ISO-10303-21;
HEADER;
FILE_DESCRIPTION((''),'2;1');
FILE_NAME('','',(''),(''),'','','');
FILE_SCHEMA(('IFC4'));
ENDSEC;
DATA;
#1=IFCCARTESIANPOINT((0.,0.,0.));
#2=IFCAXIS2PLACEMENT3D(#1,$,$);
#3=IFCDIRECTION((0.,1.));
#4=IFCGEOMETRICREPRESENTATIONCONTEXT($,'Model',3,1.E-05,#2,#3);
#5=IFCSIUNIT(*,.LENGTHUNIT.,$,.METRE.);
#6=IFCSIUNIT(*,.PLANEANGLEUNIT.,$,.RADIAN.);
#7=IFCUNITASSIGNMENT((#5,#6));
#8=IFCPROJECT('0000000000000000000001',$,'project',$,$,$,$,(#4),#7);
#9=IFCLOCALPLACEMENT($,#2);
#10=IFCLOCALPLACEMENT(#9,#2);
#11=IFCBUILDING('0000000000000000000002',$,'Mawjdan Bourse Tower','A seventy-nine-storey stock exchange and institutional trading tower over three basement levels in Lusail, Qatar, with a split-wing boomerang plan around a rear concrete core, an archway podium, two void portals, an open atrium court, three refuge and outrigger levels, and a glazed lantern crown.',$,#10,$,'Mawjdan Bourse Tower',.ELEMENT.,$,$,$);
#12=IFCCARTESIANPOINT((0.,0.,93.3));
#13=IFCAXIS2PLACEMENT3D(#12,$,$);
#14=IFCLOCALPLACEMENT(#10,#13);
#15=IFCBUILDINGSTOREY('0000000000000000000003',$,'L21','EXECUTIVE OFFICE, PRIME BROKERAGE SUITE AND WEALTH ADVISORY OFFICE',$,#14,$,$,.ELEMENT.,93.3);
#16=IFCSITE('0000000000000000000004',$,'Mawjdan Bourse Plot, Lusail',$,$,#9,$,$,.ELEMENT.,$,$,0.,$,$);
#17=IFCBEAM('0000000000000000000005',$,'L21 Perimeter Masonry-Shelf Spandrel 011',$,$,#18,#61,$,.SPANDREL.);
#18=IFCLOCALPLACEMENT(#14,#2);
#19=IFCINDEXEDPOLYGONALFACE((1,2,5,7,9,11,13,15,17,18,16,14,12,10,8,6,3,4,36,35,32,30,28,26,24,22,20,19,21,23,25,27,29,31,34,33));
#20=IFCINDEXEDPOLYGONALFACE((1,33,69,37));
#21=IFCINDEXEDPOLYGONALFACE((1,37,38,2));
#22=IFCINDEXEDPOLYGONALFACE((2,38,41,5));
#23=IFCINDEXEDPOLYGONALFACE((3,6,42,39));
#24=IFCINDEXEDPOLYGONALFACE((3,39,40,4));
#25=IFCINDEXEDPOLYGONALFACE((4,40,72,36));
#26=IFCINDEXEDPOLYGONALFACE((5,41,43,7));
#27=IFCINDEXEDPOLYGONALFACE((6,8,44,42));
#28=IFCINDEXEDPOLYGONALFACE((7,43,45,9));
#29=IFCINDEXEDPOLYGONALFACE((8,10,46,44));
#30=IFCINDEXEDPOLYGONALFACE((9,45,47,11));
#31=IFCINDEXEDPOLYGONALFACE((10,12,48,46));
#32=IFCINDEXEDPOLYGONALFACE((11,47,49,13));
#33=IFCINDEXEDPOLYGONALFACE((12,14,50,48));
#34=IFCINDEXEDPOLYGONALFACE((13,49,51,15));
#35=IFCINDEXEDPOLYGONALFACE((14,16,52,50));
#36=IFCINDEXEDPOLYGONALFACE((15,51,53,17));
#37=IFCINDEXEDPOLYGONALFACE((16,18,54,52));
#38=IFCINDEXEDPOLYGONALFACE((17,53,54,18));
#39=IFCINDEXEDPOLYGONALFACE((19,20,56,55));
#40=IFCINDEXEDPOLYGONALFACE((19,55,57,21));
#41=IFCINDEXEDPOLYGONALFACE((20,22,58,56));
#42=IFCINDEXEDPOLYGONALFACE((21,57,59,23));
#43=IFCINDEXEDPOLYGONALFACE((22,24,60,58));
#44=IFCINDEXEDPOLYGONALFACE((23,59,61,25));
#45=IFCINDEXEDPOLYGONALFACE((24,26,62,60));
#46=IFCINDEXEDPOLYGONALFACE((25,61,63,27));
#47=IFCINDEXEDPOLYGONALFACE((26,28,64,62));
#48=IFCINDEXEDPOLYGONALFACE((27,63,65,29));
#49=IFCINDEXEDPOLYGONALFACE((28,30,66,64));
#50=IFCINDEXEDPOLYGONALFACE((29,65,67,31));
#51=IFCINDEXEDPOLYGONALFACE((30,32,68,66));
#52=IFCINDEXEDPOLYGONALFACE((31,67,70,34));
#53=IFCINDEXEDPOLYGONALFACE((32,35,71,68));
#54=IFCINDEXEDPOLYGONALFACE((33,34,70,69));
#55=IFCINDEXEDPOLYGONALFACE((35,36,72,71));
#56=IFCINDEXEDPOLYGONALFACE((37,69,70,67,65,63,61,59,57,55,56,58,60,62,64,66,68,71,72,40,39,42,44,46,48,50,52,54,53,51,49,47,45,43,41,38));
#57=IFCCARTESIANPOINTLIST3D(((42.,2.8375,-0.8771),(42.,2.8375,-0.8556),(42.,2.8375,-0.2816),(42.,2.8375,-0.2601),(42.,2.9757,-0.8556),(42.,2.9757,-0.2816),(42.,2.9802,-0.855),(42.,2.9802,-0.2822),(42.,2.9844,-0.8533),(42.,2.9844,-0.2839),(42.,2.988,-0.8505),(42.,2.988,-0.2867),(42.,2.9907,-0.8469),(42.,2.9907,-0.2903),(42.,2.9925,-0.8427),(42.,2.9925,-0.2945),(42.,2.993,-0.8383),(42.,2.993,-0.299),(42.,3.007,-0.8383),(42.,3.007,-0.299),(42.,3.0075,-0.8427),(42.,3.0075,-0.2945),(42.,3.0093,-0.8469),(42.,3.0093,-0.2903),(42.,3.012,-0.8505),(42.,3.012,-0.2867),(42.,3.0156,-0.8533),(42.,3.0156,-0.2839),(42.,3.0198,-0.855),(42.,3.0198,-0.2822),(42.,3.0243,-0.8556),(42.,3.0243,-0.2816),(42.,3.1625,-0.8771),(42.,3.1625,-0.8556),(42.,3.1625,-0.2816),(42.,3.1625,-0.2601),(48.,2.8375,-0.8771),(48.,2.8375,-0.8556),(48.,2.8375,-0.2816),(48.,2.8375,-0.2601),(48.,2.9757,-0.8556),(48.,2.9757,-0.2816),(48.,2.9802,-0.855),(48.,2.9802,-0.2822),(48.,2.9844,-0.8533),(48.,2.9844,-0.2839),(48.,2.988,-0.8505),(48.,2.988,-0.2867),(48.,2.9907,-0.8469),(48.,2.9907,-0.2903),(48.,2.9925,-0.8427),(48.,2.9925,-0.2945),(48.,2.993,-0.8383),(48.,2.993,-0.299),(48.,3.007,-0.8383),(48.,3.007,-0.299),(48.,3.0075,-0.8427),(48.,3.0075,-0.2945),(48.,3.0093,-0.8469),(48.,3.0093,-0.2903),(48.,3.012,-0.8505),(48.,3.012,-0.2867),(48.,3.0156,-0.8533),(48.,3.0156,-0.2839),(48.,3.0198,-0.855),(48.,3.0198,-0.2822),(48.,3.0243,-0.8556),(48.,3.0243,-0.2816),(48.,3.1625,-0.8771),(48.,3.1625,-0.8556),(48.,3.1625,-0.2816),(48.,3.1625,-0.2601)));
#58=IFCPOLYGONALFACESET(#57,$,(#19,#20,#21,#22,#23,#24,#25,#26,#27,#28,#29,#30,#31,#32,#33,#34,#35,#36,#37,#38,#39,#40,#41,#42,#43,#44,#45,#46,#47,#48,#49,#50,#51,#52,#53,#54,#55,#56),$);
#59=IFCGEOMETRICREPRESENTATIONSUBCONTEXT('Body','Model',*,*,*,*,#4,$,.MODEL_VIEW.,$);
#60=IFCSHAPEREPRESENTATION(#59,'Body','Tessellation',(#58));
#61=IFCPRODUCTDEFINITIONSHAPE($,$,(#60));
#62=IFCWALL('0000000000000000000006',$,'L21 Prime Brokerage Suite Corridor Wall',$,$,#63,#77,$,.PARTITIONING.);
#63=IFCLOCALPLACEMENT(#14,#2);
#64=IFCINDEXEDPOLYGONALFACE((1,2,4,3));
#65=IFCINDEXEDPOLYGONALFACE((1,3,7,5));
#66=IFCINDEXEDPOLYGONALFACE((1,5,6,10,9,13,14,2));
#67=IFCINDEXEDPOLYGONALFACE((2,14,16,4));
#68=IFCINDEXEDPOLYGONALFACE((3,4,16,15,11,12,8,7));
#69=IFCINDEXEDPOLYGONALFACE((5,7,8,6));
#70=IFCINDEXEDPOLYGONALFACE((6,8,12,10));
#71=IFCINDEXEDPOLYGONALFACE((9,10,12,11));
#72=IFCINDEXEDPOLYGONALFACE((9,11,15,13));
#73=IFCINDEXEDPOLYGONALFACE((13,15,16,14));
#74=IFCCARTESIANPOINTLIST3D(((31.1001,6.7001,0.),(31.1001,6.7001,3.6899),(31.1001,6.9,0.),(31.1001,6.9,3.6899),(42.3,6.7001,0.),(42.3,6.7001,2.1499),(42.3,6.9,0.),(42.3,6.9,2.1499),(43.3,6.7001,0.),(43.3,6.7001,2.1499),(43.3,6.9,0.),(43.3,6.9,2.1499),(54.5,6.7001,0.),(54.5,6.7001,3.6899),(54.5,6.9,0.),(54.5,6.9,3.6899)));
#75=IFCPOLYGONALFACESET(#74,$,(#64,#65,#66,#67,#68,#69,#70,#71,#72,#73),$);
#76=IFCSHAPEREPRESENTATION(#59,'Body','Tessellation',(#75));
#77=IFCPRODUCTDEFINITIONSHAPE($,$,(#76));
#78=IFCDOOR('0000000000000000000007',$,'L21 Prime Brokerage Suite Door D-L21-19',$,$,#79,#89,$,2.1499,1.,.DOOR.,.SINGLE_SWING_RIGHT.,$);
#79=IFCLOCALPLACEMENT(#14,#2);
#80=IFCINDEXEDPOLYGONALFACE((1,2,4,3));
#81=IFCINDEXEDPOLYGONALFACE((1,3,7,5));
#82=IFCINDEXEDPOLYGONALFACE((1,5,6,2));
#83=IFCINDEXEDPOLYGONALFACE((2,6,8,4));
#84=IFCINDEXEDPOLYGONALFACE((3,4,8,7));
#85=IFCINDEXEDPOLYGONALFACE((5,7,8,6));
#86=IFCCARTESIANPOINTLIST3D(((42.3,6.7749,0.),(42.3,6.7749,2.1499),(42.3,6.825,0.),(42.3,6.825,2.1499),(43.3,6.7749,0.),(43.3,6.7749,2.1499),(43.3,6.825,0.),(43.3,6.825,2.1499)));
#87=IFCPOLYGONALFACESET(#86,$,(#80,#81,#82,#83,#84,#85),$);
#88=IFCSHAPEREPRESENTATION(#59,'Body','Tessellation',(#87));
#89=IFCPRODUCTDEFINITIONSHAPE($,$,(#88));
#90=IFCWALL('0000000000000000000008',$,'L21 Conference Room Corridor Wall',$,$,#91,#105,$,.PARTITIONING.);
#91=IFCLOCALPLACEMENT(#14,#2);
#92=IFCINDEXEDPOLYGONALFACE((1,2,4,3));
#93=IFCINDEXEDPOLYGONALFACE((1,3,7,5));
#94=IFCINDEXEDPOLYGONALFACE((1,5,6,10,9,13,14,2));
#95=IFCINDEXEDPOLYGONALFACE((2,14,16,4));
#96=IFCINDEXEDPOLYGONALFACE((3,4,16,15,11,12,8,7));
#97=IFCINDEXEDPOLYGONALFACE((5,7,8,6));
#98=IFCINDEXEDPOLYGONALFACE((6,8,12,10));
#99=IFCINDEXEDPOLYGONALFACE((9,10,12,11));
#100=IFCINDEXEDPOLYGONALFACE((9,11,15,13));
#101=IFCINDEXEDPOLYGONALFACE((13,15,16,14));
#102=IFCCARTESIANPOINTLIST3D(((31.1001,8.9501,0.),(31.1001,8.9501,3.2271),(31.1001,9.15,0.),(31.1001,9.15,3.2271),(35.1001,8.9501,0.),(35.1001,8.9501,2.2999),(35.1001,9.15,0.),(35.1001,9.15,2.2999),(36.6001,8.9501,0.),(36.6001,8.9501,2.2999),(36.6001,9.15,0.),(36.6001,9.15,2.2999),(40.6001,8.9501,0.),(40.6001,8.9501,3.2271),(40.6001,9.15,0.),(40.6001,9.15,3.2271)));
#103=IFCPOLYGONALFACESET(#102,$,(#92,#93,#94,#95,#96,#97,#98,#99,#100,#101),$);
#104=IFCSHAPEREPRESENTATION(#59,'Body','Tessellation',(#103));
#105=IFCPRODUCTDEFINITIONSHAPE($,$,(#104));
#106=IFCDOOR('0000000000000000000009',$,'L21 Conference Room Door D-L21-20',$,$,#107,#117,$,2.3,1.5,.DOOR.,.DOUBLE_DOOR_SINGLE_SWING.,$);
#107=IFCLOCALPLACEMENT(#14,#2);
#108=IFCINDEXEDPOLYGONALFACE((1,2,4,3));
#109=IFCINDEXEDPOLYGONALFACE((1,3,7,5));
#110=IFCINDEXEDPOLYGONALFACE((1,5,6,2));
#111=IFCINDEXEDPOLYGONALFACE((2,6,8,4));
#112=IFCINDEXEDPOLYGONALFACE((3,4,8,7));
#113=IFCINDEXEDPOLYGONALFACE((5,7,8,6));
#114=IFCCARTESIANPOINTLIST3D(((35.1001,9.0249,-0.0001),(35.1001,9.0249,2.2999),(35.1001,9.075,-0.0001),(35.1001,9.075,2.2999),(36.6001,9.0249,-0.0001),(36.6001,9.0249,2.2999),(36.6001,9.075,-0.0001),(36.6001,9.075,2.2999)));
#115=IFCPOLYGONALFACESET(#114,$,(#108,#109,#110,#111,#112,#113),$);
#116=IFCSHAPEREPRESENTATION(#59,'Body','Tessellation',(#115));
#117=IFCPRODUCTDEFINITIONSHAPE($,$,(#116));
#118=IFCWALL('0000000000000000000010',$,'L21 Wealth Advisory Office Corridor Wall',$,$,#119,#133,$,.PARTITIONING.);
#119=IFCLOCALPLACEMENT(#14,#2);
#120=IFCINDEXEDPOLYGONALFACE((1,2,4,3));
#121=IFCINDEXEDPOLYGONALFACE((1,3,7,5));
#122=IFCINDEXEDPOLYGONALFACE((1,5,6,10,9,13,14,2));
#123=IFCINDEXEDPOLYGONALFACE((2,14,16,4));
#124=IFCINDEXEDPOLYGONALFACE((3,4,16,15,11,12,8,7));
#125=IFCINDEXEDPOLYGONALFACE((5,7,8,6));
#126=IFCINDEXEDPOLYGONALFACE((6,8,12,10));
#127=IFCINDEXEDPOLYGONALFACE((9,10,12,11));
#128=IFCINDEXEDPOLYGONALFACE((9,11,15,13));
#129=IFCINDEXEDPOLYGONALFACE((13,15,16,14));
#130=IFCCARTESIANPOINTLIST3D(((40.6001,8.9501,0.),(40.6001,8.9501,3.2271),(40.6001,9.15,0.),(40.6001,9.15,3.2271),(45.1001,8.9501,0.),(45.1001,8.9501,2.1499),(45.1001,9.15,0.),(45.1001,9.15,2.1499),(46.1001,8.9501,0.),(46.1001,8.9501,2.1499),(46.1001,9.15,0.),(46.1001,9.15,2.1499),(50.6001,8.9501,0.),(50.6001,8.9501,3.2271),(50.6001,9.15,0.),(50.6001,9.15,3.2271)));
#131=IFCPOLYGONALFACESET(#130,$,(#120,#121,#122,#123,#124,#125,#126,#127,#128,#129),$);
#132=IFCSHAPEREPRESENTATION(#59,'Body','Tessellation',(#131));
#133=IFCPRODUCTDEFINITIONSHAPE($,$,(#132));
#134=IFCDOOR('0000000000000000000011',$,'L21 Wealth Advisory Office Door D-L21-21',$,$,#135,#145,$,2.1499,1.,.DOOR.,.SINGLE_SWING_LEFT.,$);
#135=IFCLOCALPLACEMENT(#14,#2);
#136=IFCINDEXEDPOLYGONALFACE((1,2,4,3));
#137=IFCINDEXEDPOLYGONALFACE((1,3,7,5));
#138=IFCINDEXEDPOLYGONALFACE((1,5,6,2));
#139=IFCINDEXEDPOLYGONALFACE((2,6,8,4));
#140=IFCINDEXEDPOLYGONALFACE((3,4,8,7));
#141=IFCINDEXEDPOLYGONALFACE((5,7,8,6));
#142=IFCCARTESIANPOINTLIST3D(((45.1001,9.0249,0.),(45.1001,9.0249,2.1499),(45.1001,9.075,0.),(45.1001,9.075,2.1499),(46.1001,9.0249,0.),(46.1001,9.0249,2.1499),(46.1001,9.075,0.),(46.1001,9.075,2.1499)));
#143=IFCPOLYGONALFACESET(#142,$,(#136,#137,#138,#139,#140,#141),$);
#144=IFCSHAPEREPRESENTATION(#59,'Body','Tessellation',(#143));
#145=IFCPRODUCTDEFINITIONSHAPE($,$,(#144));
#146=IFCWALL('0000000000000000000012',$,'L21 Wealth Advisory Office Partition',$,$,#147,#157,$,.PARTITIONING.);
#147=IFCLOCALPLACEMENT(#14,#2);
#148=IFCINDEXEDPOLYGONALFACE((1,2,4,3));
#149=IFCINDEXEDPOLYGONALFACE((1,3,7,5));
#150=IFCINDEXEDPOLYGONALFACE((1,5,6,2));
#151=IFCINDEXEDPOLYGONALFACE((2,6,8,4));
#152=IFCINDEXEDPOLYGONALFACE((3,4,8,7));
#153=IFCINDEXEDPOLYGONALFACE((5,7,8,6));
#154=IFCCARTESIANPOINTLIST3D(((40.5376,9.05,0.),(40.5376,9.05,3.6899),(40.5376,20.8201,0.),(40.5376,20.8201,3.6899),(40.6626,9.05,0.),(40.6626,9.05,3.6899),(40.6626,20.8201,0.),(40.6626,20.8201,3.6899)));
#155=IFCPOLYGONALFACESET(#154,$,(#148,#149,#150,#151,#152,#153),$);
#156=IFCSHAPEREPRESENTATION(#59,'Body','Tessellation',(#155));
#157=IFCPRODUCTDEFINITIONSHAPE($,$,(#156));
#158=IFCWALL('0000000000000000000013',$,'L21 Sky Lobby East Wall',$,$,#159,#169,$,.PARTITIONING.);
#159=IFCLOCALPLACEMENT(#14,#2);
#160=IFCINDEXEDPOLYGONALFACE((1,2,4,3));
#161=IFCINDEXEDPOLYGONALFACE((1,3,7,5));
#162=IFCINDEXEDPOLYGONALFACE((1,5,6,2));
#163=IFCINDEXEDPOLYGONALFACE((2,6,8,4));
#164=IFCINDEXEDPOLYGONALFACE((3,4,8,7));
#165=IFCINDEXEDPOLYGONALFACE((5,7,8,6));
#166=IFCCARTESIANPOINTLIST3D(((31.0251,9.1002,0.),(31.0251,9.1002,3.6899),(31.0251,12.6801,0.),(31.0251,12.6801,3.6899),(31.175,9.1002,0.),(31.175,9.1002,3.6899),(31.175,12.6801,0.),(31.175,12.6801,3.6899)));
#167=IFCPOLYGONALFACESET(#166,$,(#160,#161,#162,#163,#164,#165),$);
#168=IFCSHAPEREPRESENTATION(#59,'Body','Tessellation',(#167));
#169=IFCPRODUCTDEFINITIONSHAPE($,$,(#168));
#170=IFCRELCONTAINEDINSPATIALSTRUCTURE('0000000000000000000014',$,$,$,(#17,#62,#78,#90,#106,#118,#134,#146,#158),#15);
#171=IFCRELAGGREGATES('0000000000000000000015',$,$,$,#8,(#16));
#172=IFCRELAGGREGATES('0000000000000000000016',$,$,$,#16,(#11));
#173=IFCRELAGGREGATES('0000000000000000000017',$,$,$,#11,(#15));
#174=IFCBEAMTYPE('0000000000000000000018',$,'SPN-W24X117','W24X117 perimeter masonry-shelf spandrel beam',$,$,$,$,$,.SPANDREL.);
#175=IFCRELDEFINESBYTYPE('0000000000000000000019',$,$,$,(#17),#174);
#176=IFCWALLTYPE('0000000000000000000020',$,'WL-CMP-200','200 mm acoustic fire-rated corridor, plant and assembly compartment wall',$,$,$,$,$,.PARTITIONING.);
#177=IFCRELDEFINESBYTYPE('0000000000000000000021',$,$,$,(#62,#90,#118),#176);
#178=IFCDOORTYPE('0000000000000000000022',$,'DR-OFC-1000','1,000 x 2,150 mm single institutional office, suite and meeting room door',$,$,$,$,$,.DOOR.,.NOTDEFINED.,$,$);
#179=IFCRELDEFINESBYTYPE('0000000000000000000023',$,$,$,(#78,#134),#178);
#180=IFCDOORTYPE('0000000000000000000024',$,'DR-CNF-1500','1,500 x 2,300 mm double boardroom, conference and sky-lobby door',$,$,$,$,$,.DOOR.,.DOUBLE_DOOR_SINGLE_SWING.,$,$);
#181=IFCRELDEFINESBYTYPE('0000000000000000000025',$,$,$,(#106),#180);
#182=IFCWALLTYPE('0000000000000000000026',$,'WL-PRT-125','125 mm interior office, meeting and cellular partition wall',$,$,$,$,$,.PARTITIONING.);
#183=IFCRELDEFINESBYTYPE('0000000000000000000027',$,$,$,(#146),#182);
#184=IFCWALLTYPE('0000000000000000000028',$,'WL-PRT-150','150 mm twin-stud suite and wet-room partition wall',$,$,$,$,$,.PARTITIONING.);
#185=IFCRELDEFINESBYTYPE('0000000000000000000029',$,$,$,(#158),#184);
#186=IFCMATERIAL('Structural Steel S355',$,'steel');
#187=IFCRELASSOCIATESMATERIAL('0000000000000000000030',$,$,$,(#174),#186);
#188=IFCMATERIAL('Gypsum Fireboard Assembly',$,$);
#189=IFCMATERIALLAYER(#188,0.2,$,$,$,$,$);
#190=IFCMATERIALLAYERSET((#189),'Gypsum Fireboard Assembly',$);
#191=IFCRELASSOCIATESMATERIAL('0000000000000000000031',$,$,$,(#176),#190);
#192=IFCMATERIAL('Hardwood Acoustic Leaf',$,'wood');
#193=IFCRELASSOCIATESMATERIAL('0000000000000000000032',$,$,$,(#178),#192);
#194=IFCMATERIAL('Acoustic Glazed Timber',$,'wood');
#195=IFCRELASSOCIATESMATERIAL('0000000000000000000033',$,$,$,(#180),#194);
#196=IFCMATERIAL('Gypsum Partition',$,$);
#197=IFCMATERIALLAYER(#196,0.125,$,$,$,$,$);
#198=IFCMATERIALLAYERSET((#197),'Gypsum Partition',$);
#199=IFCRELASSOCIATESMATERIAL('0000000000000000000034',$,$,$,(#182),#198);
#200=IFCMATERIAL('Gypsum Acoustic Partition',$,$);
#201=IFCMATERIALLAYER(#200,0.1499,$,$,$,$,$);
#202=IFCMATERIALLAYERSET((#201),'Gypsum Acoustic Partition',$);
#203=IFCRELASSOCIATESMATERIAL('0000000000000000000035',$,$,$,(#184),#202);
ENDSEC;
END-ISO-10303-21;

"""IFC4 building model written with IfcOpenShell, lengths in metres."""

from ifc_helpers import new_model, si_unit, direction, frame, frame_2d, origin, origin_2d, place, context, subcontext, project, spatial, rectangle, i_section, extrude, material, layer, layer_set, material_profile, profile_set, type_object, element, fill, save


model = new_model("IFC4")

# Units and contexts
model_context = context("Model", 3, precision=1e-05, world=origin(), true_north=direction((0.0, 1.0)))
body_context = subcontext(model_context, "Body", "Model", "MODEL_VIEW")
ifc_project = project(units=[si_unit("LENGTHUNIT", "METRE"), si_unit("PLANEANGLEUNIT", "RADIAN")], contexts=[model_context])

# Site, building, storey
site_placement = place(None, origin())
site = spatial("IfcSite", under=ifc_project, at=site_placement, Name="Mawjdan Bourse Plot, Lusail", CompositionType="ELEMENT", RefElevation=0.0)
building_placement = place(site_placement, origin())
building = spatial("IfcBuilding", under=site, at=building_placement, Name="Mawjdan Bourse Tower", Description="A seventy-nine-storey stock exchange and institutional trading tower over three basement levels in Lusail, Qatar, with a split-wing boomerang plan around a rear concrete core, an archway podium, two void portals, an open atrium court, three refuge and outrigger levels, and a glazed lantern crown.", LongName="Mawjdan Bourse Tower", CompositionType="ELEMENT")
storey_placement = place(building_placement, frame((0.0, 0.0, 93.3)))
storey = spatial("IfcBuildingStorey", under=building, at=storey_placement, Name="L21", Description="EXECUTIVE OFFICE, PRIME BROKERAGE SUITE AND WEALTH ADVISORY OFFICE", CompositionType="ELEMENT", Elevation=93.3)

# Beam
ifc_material_1 = material(Name="Structural Steel S355", Category="steel")
ifc_material_profile_1 = material_profile(ifc_material_1, i_section(OverallWidth=0.325, OverallDepth=0.6169, WebThickness=0.0139, FlangeThickness=0.0215, FilletRadius=0.0173, at=origin_2d()), Name="W24X117")
ifc_profile_set_1 = profile_set([ifc_material_profile_1], Name="Structural Steel S355")
beam_type_1 = type_object("IfcBeamType", Name="SPN-W24X117", Description="W24X117 perimeter masonry-shelf spandrel beam", PredefinedType="SPANDREL", material=ifc_profile_set_1)
beam_1_placement = place(storey_placement, frame((42.0, 3.0, -0.5686), z_axis=(1.0, 0.0, 0.0), x_axis=(0.0, 1.0, 0.0)))
element("IfcBeam", 1, at=beam_1_placement, inside=storey, type_object=beam_type_1, Name="L21 Perimeter Masonry-Shelf Spandrel 011", PredefinedType="SPANDREL", context=body_context, shape_type="SweptSolid", body=[
    extrude(i_section(OverallWidth=0.325, OverallDepth=0.6169, WebThickness=0.0139, FlangeThickness=0.0215, FilletRadius=0.0173, at=origin_2d()), origin(), (0.0, 0.0, 1.0), 6.0),
])

# Walls, openings, doors
ifc_material_2 = material(Name="Gypsum Fireboard Assembly")
ifc_layer_1 = layer(ifc_material_2, 0.2)
ifc_layer_set_1 = layer_set([ifc_layer_1], Name="Gypsum Fireboard Assembly")
wall_type_1 = type_object("IfcWallType", Name="WL-CMP-200", Description="200 mm acoustic fire-rated corridor, plant and assembly compartment wall", PredefinedType="PARTITIONING", material=ifc_layer_set_1)
wall_1_placement = place(storey_placement, frame((31.1001, 6.8, 0.0), z_axis=(0.0, 0.0, 1.0), x_axis=(1.0, 0.0, 0.0)))
wall_1 = element("IfcWall", 2, at=wall_1_placement, inside=storey, type_object=wall_type_1, Name="L21 Prime Brokerage Suite Corridor Wall", PredefinedType="PARTITIONING", context=body_context, shape_type="SweptSolid", body=[
    extrude(rectangle(XDim=23.3999, YDim=0.2, at=frame_2d((11.7, 0.0))), origin(), (0.0, 0.0, 1.0), 3.6899),
])
opening_1_placement = place(wall_1_placement, frame((11.2, 0.0, 0.0)))
opening_1 = element("IfcOpeningElement", 3, at=opening_1_placement, cuts=wall_1, PredefinedType="OPENING", context=body_context, shape_type="SweptSolid", body=[
    extrude(rectangle(XDim=1.0, YDim=2.1499, at=frame_2d((0.5, 1.075))), frame((0.0, 0.1099, 0.0), z_axis=(0.0, -1.0, 0.0), x_axis=(1.0, 0.0, 0.0)), (0.0, 0.0, 1.0), 0.22),
])
ifc_material_3 = material(Name="Hardwood Acoustic Leaf", Category="wood")
door_type_1 = type_object("IfcDoorType", Name="DR-OFC-1000", Description="1,000 x 2,150 mm single institutional office, suite and meeting room door", OperationType="NOTDEFINED", PredefinedType="DOOR", material=ifc_material_3)
door_1_placement = place(opening_1_placement, origin())
door_1 = element("IfcDoor", 4, at=door_1_placement, inside=storey, type_object=door_type_1, Name="L21 Prime Brokerage Suite Door D-L21-19", OperationType="SINGLE_SWING_RIGHT", OverallHeight=2.1499, OverallWidth=1.0, PredefinedType="DOOR", context=body_context, shape_type="SweptSolid", body=[
    extrude(rectangle(XDim=1.0, YDim=2.1499, at=frame_2d((0.5, 1.075))), frame((0.0, 0.0249, 0.0), z_axis=(0.0, -1.0, 0.0), x_axis=(1.0, 0.0, 0.0)), (0.0, 0.0, 1.0), 0.05),
])
fill(opening_1, door_1)
wall_2_placement = place(storey_placement, frame((31.1001, 9.05, 0.0), z_axis=(0.0, 0.0, 1.0), x_axis=(1.0, 0.0, 0.0)))
wall_2 = element("IfcWall", 5, at=wall_2_placement, inside=storey, type_object=wall_type_1, Name="L21 Conference Room Corridor Wall", PredefinedType="PARTITIONING", context=body_context, shape_type="SweptSolid", body=[
    extrude(rectangle(XDim=9.5, YDim=0.2, at=frame_2d((4.75, 0.0))), origin(), (0.0, 0.0, 1.0), 3.2271),
])
opening_2_placement = place(wall_2_placement, frame((4.0, 0.0, 0.0)))
opening_2 = element("IfcOpeningElement", 6, at=opening_2_placement, cuts=wall_2, PredefinedType="OPENING", context=body_context, shape_type="SweptSolid", body=[
    extrude(rectangle(XDim=1.5, YDim=2.3, at=frame_2d((0.75, 1.1499))), frame((0.0, 0.1099, 0.0), z_axis=(0.0, -1.0, 0.0), x_axis=(1.0, 0.0, 0.0)), (0.0, 0.0, 1.0), 0.22),
])
ifc_material_4 = material(Name="Acoustic Glazed Timber", Category="wood")
door_type_2 = type_object("IfcDoorType", Name="DR-CNF-1500", Description="1,500 x 2,300 mm double boardroom, conference and sky-lobby door", OperationType="DOUBLE_DOOR_SINGLE_SWING", PredefinedType="DOOR", material=ifc_material_4)
door_2_placement = place(opening_2_placement, origin())
door_2 = element("IfcDoor", 7, at=door_2_placement, inside=storey, type_object=door_type_2, Name="L21 Conference Room Door D-L21-20", OperationType="DOUBLE_DOOR_SINGLE_SWING", OverallHeight=2.3, OverallWidth=1.5, PredefinedType="DOOR", context=body_context, shape_type="SweptSolid", body=[
    extrude(rectangle(XDim=1.5, YDim=2.3, at=frame_2d((0.75, 1.1499))), frame((0.0, 0.0249, 0.0), z_axis=(0.0, -1.0, 0.0), x_axis=(1.0, 0.0, 0.0)), (0.0, 0.0, 1.0), 0.05),
])
fill(opening_2, door_2)
wall_3_placement = place(storey_placement, frame((40.6001, 9.05, 0.0), z_axis=(0.0, 0.0, 1.0), x_axis=(1.0, 0.0, 0.0)))
wall_3 = element("IfcWall", 8, at=wall_3_placement, inside=storey, type_object=wall_type_1, Name="L21 Wealth Advisory Office Corridor Wall", PredefinedType="PARTITIONING", context=body_context, shape_type="SweptSolid", body=[
    extrude(rectangle(XDim=10.0, YDim=0.2, at=frame_2d((5.0, 0.0))), origin(), (0.0, 0.0, 1.0), 3.2271),
])
opening_3_placement = place(wall_3_placement, frame((4.5, 0.0, 0.0)))
opening_3 = element("IfcOpeningElement", 9, at=opening_3_placement, cuts=wall_3, PredefinedType="OPENING", context=body_context, shape_type="SweptSolid", body=[
    extrude(rectangle(XDim=1.0, YDim=2.1499, at=frame_2d((0.5, 1.075))), frame((0.0, 0.1099, 0.0), z_axis=(0.0, -1.0, 0.0), x_axis=(1.0, 0.0, 0.0)), (0.0, 0.0, 1.0), 0.22),
])
door_3_placement = place(opening_3_placement, origin())
door_3 = element("IfcDoor", 10, at=door_3_placement, inside=storey, type_object=door_type_1, Name="L21 Wealth Advisory Office Door D-L21-21", OperationType="SINGLE_SWING_LEFT", OverallHeight=2.1499, OverallWidth=1.0, PredefinedType="DOOR", context=body_context, shape_type="SweptSolid", body=[
    extrude(rectangle(XDim=1.0, YDim=2.1499, at=frame_2d((0.5, 1.075))), frame((0.0, 0.0249, 0.0), z_axis=(0.0, -1.0, 0.0), x_axis=(1.0, 0.0, 0.0)), (0.0, 0.0, 1.0), 0.05),
])
fill(opening_3, door_3)

# Walls
ifc_material_5 = material(Name="Gypsum Partition")
ifc_layer_2 = layer(ifc_material_5, 0.125)
ifc_layer_set_2 = layer_set([ifc_layer_2], Name="Gypsum Partition")
wall_type_2 = type_object("IfcWallType", Name="WL-PRT-125", Description="125 mm interior office, meeting and cellular partition wall", PredefinedType="PARTITIONING", material=ifc_layer_set_2)
wall_4_placement = place(storey_placement, frame((40.6001, 9.05, 0.0), z_axis=(0.0, 0.0, 1.0), x_axis=(0.0, 1.0, 0.0)))
element("IfcWall", 11, at=wall_4_placement, inside=storey, type_object=wall_type_2, Name="L21 Wealth Advisory Office Partition", PredefinedType="PARTITIONING", context=body_context, shape_type="SweptSolid", body=[
    extrude(rectangle(XDim=11.77, YDim=0.125, at=frame_2d((5.885, 0.0))), origin(), (0.0, 0.0, 1.0), 3.6899),
])
ifc_material_6 = material(Name="Gypsum Acoustic Partition")
ifc_layer_3 = layer(ifc_material_6, 0.1499)
ifc_layer_set_3 = layer_set([ifc_layer_3], Name="Gypsum Acoustic Partition")
wall_type_3 = type_object("IfcWallType", Name="WL-PRT-150", Description="150 mm twin-stud suite and wet-room partition wall", PredefinedType="PARTITIONING", material=ifc_layer_set_3)
wall_5_placement = place(storey_placement, frame((31.1001, 9.1001, 0.0), z_axis=(0.0, 0.0, 1.0), x_axis=(0.0, 1.0, 0.0)))
element("IfcWall", 12, at=wall_5_placement, inside=storey, type_object=wall_type_3, Name="L21 Sky Lobby East Wall", PredefinedType="PARTITIONING", context=body_context, shape_type="SweptSolid", body=[
    extrude(rectangle(XDim=3.5798, YDim=0.1499, at=frame_2d((1.79, 0.0))), origin(), (0.0, 0.0, 1.0), 3.6899),
])

save(model, "model.ifc")
